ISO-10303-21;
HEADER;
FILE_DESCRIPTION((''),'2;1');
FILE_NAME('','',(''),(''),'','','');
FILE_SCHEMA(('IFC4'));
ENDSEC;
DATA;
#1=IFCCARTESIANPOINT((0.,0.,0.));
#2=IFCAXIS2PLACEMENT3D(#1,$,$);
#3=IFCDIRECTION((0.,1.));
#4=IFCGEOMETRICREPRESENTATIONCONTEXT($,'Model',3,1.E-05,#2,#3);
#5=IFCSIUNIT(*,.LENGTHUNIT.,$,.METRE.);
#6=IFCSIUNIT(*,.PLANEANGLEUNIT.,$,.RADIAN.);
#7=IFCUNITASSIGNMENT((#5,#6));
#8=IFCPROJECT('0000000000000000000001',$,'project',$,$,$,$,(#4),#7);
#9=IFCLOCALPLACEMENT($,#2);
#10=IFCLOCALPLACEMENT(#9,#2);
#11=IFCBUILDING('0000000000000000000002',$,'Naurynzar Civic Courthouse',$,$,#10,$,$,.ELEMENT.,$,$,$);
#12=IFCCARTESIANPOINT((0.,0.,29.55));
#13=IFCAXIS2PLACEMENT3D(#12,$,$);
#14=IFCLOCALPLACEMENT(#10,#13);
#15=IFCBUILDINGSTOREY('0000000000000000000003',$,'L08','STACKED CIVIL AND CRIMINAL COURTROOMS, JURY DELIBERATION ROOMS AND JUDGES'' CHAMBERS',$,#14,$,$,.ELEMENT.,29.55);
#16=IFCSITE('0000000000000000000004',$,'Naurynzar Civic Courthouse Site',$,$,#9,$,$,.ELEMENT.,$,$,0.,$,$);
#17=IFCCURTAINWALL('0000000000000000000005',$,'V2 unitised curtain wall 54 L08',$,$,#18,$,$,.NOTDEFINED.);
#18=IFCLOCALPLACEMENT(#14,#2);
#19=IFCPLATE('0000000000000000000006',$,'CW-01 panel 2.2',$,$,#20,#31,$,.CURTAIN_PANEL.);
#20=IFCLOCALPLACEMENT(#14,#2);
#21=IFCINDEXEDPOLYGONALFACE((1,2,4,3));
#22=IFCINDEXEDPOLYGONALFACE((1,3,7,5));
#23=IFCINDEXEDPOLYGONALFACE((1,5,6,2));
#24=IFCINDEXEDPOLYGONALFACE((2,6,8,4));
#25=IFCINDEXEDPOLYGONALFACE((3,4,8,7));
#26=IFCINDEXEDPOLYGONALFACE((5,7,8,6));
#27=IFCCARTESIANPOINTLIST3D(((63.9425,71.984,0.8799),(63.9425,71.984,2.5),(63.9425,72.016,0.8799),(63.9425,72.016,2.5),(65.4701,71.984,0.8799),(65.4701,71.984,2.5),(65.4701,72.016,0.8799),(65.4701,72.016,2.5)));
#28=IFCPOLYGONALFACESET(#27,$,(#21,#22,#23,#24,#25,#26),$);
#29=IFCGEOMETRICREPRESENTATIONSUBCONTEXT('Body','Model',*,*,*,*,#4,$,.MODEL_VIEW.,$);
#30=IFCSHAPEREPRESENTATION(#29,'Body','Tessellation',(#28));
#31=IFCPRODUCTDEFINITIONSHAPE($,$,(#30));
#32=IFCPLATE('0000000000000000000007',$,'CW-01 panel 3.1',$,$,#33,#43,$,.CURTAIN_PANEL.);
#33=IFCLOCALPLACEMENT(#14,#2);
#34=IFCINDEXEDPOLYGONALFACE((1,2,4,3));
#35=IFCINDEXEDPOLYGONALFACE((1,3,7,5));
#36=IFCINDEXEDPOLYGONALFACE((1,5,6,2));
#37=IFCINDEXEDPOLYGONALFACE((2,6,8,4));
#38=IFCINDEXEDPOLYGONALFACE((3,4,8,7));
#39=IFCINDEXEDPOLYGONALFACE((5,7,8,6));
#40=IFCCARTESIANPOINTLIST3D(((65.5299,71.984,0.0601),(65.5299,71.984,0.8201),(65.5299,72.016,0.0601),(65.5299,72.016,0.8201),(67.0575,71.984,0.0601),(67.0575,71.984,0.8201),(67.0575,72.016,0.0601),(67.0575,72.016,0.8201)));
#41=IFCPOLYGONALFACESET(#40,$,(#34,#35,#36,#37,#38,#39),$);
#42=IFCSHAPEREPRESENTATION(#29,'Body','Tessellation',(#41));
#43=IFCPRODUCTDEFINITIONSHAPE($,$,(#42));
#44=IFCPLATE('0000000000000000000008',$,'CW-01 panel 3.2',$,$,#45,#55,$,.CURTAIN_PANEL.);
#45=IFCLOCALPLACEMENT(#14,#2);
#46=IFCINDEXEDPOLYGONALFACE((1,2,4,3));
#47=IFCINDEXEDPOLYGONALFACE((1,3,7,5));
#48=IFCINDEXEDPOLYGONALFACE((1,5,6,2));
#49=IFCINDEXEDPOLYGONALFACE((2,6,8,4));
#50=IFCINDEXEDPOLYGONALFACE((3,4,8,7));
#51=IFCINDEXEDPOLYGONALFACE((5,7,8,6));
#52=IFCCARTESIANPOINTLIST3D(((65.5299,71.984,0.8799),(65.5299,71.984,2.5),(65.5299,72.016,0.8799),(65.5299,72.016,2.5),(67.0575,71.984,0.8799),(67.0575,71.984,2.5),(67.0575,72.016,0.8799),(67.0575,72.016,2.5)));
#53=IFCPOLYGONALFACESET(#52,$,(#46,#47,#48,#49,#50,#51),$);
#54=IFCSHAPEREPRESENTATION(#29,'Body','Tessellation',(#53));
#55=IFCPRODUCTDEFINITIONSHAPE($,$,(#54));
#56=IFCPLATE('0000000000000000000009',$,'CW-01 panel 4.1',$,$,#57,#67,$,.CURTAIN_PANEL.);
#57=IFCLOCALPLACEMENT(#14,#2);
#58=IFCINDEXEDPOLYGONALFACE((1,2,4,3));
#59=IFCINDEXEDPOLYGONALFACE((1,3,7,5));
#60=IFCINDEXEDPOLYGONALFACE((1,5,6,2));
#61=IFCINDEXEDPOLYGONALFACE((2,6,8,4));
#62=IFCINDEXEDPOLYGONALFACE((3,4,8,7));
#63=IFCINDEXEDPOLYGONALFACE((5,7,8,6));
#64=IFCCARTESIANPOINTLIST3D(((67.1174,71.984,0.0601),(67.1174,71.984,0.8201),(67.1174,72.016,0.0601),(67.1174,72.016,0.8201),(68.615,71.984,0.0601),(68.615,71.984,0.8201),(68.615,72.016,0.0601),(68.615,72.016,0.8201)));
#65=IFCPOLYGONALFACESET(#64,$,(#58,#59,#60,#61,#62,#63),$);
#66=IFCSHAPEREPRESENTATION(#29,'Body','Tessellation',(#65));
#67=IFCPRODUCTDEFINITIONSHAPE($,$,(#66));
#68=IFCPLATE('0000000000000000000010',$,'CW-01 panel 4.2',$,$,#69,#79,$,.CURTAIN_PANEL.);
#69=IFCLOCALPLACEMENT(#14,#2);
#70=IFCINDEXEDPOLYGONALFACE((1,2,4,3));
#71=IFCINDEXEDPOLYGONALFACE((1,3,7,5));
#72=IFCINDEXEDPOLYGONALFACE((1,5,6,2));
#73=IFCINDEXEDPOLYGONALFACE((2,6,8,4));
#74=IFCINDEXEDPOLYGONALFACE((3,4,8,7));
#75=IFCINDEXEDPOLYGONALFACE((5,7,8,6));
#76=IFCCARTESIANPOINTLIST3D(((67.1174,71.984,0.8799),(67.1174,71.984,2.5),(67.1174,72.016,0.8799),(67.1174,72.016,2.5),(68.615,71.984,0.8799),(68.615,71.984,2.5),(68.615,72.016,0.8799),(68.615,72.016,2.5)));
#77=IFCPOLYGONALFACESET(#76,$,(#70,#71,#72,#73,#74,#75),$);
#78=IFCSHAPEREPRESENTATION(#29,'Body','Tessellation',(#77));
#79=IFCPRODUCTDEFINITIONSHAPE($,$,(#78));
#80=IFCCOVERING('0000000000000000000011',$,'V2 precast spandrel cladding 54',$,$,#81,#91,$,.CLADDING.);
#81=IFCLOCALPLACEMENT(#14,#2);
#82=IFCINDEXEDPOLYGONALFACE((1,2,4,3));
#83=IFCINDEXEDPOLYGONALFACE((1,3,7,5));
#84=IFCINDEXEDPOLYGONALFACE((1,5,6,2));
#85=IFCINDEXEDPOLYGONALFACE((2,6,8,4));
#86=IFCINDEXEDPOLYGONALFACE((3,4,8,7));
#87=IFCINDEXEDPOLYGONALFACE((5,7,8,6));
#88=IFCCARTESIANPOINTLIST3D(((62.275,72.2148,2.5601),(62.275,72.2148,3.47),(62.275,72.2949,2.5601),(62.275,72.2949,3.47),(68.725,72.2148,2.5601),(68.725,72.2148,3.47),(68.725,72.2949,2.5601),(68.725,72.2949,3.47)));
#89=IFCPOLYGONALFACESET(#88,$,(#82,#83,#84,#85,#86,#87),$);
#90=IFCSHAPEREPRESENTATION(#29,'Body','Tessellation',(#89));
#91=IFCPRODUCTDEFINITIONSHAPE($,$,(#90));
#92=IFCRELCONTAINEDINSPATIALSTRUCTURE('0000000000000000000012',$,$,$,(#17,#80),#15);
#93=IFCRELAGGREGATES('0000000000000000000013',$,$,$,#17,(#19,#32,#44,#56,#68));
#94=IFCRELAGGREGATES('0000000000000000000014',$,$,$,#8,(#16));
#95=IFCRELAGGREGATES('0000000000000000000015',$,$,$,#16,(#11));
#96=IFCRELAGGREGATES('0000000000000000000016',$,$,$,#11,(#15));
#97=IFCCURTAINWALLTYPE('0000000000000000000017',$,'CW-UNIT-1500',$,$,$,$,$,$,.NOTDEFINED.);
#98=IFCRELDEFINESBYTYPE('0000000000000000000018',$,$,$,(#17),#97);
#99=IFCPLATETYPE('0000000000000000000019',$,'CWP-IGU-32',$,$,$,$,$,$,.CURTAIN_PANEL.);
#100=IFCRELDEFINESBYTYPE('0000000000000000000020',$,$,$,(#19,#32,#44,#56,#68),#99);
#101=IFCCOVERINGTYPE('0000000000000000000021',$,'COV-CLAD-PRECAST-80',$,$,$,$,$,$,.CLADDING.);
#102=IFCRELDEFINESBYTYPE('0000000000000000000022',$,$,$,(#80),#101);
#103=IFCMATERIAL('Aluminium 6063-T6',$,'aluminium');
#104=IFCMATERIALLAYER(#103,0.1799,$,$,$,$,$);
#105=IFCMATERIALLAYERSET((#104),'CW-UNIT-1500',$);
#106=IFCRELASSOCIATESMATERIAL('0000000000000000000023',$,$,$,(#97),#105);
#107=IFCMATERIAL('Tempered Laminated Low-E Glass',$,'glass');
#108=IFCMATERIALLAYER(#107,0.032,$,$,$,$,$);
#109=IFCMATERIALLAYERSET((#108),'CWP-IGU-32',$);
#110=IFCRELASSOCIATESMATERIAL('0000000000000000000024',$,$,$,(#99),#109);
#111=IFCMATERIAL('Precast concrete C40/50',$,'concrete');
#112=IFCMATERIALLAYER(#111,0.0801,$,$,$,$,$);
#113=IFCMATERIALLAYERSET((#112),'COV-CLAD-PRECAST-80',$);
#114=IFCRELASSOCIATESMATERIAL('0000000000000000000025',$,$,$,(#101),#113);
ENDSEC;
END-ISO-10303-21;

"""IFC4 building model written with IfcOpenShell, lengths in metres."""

from ifc_helpers import new_model, si_unit, direction, frame, origin, origin_2d, place, context, subcontext, project, spatial, rectangle, extrude, material, layer, layer_set, type_object, element, aggregate, save


model = new_model("IFC4")

# Units and contexts
model_context = context("Model", 3, precision=1e-05, world=origin(), true_north=direction((0.0, 1.0)))
body_context = subcontext(model_context, "Body", "Model", "MODEL_VIEW")
ifc_project = project(units=[si_unit("LENGTHUNIT", "METRE"), si_unit("PLANEANGLEUNIT", "RADIAN")], contexts=[model_context])

# Site, building, storey
site_placement = place(None, origin())
site = spatial("IfcSite", under=ifc_project, at=site_placement, Name="Naurynzar Civic Courthouse Site", CompositionType="ELEMENT", RefElevation=0.0)
building_placement = place(site_placement, origin())
building = spatial("IfcBuilding", under=site, at=building_placement, Name="Naurynzar Civic Courthouse", CompositionType="ELEMENT")
storey_placement = place(building_placement, frame((0.0, 0.0, 29.55)))
storey = spatial("IfcBuildingStorey", under=building, at=storey_placement, Name="L08", Description="STACKED CIVIL AND CRIMINAL COURTROOMS, JURY DELIBERATION ROOMS AND JUDGES' CHAMBERS", CompositionType="ELEMENT", Elevation=29.55)

# Curtain wall, plates
ifc_material_1 = material(Name="Aluminium 6063-T6", Category="aluminium")
ifc_layer_1 = layer(ifc_material_1, 0.1799)
ifc_layer_set_1 = layer_set([ifc_layer_1], Name="CW-UNIT-1500")
curtain_wall_type = type_object("IfcCurtainWallType", Name="CW-UNIT-1500", PredefinedType="NOTDEFINED", material=ifc_layer_set_1)
curtain_wall_placement = place(storey_placement, origin())
curtain_wall = element("IfcCurtainWall", 1, at=curtain_wall_placement, inside=storey, type_object=curtain_wall_type, Name="V2 unitised curtain wall 54 L08", PredefinedType="NOTDEFINED")
ifc_material_2 = material(Name="Tempered Laminated Low-E Glass", Category="glass")
ifc_layer_2 = layer(ifc_material_2, 0.032)
ifc_layer_set_2 = layer_set([ifc_layer_2], Name="CWP-IGU-32")
plate_type = type_object("IfcPlateType", Name="CWP-IGU-32", PredefinedType="CURTAIN_PANEL", material=ifc_layer_set_2)
plate_1_placement = place(storey_placement, frame((64.7063, 72.0, 0.8799), z_axis=(0.0, 0.0, 1.0), x_axis=(1.0, 0.0, 0.0)))
plate_1 = element("IfcPlate", 2, at=plate_1_placement, type_object=plate_type, Name="CW-01 panel 2.2", PredefinedType="CURTAIN_PANEL", context=body_context, shape_type="SweptSolid", body=[
    extrude(rectangle(XDim=1.5276, YDim=0.032, at=origin_2d()), origin(), (0.0, 0.0, 1.0), 1.6201),
])
plate_2_placement = place(storey_placement, frame((66.2937, 72.0, 0.0601), z_axis=(0.0, 0.0, 1.0), x_axis=(1.0, 0.0, 0.0)))
plate_2 = element("IfcPlate", 3, at=plate_2_placement, type_object=plate_type, Name="CW-01 panel 3.1", PredefinedType="CURTAIN_PANEL", context=body_context, shape_type="SweptSolid", body=[
    extrude(rectangle(XDim=1.5276, YDim=0.032, at=origin_2d()), origin(), (0.0, 0.0, 1.0), 0.76),
])
plate_3_placement = place(storey_placement, frame((66.2937, 72.0, 0.8799), z_axis=(0.0, 0.0, 1.0), x_axis=(1.0, 0.0, 0.0)))
plate_3 = element("IfcPlate", 4, at=plate_3_placement, type_object=plate_type, Name="CW-01 panel 3.2", PredefinedType="CURTAIN_PANEL", context=body_context, shape_type="SweptSolid", body=[
    extrude(rectangle(XDim=1.5276, YDim=0.032, at=origin_2d()), origin(), (0.0, 0.0, 1.0), 1.6201),
])
plate_4_placement = place(storey_placement, frame((67.8662, 72.0, 0.0601), z_axis=(0.0, 0.0, 1.0), x_axis=(1.0, 0.0, 0.0)))
plate_4 = element("IfcPlate", 5, at=plate_4_placement, type_object=plate_type, Name="CW-01 panel 4.1", PredefinedType="CURTAIN_PANEL", context=body_context, shape_type="SweptSolid", body=[
    extrude(rectangle(XDim=1.4976, YDim=0.032, at=origin_2d()), origin(), (0.0, 0.0, 1.0), 0.76),
])
plate_5_placement = place(storey_placement, frame((67.8662, 72.0, 0.8799), z_axis=(0.0, 0.0, 1.0), x_axis=(1.0, 0.0, 0.0)))
plate_5 = element("IfcPlate", 6, at=plate_5_placement, type_object=plate_type, Name="CW-01 panel 4.2", PredefinedType="CURTAIN_PANEL", context=body_context, shape_type="SweptSolid", body=[
    extrude(rectangle(XDim=1.4976, YDim=0.032, at=origin_2d()), origin(), (0.0, 0.0, 1.0), 1.6201),
])
aggregate(curtain_wall, [plate_1, plate_2, plate_3, plate_4, plate_5])

# Covering
ifc_material_3 = material(Name="Precast concrete C40/50", Category="concrete")
ifc_layer_3 = layer(ifc_material_3, 0.0801)
ifc_layer_set_3 = layer_set([ifc_layer_3], Name="COV-CLAD-PRECAST-80")
covering_type = type_object("IfcCoveringType", Name="COV-CLAD-PRECAST-80", PredefinedType="CLADDING", material=ifc_layer_set_3)
covering_placement = place(storey_placement, frame((65.5, 72.2549, 2.5601), z_axis=(0.0, 0.0, 1.0), x_axis=(1.0, 0.0, 0.0)))
element("IfcCovering", 7, at=covering_placement, inside=storey, type_object=covering_type, Name="V2 precast spandrel cladding 54", PredefinedType="CLADDING", context=body_context, shape_type="SweptSolid", body=[
    extrude(rectangle(XDim=6.45, YDim=0.0801, at=origin_2d()), origin(), (0.0, 0.0, 1.0), 0.9099),
])

save(model, "model.ifc")
